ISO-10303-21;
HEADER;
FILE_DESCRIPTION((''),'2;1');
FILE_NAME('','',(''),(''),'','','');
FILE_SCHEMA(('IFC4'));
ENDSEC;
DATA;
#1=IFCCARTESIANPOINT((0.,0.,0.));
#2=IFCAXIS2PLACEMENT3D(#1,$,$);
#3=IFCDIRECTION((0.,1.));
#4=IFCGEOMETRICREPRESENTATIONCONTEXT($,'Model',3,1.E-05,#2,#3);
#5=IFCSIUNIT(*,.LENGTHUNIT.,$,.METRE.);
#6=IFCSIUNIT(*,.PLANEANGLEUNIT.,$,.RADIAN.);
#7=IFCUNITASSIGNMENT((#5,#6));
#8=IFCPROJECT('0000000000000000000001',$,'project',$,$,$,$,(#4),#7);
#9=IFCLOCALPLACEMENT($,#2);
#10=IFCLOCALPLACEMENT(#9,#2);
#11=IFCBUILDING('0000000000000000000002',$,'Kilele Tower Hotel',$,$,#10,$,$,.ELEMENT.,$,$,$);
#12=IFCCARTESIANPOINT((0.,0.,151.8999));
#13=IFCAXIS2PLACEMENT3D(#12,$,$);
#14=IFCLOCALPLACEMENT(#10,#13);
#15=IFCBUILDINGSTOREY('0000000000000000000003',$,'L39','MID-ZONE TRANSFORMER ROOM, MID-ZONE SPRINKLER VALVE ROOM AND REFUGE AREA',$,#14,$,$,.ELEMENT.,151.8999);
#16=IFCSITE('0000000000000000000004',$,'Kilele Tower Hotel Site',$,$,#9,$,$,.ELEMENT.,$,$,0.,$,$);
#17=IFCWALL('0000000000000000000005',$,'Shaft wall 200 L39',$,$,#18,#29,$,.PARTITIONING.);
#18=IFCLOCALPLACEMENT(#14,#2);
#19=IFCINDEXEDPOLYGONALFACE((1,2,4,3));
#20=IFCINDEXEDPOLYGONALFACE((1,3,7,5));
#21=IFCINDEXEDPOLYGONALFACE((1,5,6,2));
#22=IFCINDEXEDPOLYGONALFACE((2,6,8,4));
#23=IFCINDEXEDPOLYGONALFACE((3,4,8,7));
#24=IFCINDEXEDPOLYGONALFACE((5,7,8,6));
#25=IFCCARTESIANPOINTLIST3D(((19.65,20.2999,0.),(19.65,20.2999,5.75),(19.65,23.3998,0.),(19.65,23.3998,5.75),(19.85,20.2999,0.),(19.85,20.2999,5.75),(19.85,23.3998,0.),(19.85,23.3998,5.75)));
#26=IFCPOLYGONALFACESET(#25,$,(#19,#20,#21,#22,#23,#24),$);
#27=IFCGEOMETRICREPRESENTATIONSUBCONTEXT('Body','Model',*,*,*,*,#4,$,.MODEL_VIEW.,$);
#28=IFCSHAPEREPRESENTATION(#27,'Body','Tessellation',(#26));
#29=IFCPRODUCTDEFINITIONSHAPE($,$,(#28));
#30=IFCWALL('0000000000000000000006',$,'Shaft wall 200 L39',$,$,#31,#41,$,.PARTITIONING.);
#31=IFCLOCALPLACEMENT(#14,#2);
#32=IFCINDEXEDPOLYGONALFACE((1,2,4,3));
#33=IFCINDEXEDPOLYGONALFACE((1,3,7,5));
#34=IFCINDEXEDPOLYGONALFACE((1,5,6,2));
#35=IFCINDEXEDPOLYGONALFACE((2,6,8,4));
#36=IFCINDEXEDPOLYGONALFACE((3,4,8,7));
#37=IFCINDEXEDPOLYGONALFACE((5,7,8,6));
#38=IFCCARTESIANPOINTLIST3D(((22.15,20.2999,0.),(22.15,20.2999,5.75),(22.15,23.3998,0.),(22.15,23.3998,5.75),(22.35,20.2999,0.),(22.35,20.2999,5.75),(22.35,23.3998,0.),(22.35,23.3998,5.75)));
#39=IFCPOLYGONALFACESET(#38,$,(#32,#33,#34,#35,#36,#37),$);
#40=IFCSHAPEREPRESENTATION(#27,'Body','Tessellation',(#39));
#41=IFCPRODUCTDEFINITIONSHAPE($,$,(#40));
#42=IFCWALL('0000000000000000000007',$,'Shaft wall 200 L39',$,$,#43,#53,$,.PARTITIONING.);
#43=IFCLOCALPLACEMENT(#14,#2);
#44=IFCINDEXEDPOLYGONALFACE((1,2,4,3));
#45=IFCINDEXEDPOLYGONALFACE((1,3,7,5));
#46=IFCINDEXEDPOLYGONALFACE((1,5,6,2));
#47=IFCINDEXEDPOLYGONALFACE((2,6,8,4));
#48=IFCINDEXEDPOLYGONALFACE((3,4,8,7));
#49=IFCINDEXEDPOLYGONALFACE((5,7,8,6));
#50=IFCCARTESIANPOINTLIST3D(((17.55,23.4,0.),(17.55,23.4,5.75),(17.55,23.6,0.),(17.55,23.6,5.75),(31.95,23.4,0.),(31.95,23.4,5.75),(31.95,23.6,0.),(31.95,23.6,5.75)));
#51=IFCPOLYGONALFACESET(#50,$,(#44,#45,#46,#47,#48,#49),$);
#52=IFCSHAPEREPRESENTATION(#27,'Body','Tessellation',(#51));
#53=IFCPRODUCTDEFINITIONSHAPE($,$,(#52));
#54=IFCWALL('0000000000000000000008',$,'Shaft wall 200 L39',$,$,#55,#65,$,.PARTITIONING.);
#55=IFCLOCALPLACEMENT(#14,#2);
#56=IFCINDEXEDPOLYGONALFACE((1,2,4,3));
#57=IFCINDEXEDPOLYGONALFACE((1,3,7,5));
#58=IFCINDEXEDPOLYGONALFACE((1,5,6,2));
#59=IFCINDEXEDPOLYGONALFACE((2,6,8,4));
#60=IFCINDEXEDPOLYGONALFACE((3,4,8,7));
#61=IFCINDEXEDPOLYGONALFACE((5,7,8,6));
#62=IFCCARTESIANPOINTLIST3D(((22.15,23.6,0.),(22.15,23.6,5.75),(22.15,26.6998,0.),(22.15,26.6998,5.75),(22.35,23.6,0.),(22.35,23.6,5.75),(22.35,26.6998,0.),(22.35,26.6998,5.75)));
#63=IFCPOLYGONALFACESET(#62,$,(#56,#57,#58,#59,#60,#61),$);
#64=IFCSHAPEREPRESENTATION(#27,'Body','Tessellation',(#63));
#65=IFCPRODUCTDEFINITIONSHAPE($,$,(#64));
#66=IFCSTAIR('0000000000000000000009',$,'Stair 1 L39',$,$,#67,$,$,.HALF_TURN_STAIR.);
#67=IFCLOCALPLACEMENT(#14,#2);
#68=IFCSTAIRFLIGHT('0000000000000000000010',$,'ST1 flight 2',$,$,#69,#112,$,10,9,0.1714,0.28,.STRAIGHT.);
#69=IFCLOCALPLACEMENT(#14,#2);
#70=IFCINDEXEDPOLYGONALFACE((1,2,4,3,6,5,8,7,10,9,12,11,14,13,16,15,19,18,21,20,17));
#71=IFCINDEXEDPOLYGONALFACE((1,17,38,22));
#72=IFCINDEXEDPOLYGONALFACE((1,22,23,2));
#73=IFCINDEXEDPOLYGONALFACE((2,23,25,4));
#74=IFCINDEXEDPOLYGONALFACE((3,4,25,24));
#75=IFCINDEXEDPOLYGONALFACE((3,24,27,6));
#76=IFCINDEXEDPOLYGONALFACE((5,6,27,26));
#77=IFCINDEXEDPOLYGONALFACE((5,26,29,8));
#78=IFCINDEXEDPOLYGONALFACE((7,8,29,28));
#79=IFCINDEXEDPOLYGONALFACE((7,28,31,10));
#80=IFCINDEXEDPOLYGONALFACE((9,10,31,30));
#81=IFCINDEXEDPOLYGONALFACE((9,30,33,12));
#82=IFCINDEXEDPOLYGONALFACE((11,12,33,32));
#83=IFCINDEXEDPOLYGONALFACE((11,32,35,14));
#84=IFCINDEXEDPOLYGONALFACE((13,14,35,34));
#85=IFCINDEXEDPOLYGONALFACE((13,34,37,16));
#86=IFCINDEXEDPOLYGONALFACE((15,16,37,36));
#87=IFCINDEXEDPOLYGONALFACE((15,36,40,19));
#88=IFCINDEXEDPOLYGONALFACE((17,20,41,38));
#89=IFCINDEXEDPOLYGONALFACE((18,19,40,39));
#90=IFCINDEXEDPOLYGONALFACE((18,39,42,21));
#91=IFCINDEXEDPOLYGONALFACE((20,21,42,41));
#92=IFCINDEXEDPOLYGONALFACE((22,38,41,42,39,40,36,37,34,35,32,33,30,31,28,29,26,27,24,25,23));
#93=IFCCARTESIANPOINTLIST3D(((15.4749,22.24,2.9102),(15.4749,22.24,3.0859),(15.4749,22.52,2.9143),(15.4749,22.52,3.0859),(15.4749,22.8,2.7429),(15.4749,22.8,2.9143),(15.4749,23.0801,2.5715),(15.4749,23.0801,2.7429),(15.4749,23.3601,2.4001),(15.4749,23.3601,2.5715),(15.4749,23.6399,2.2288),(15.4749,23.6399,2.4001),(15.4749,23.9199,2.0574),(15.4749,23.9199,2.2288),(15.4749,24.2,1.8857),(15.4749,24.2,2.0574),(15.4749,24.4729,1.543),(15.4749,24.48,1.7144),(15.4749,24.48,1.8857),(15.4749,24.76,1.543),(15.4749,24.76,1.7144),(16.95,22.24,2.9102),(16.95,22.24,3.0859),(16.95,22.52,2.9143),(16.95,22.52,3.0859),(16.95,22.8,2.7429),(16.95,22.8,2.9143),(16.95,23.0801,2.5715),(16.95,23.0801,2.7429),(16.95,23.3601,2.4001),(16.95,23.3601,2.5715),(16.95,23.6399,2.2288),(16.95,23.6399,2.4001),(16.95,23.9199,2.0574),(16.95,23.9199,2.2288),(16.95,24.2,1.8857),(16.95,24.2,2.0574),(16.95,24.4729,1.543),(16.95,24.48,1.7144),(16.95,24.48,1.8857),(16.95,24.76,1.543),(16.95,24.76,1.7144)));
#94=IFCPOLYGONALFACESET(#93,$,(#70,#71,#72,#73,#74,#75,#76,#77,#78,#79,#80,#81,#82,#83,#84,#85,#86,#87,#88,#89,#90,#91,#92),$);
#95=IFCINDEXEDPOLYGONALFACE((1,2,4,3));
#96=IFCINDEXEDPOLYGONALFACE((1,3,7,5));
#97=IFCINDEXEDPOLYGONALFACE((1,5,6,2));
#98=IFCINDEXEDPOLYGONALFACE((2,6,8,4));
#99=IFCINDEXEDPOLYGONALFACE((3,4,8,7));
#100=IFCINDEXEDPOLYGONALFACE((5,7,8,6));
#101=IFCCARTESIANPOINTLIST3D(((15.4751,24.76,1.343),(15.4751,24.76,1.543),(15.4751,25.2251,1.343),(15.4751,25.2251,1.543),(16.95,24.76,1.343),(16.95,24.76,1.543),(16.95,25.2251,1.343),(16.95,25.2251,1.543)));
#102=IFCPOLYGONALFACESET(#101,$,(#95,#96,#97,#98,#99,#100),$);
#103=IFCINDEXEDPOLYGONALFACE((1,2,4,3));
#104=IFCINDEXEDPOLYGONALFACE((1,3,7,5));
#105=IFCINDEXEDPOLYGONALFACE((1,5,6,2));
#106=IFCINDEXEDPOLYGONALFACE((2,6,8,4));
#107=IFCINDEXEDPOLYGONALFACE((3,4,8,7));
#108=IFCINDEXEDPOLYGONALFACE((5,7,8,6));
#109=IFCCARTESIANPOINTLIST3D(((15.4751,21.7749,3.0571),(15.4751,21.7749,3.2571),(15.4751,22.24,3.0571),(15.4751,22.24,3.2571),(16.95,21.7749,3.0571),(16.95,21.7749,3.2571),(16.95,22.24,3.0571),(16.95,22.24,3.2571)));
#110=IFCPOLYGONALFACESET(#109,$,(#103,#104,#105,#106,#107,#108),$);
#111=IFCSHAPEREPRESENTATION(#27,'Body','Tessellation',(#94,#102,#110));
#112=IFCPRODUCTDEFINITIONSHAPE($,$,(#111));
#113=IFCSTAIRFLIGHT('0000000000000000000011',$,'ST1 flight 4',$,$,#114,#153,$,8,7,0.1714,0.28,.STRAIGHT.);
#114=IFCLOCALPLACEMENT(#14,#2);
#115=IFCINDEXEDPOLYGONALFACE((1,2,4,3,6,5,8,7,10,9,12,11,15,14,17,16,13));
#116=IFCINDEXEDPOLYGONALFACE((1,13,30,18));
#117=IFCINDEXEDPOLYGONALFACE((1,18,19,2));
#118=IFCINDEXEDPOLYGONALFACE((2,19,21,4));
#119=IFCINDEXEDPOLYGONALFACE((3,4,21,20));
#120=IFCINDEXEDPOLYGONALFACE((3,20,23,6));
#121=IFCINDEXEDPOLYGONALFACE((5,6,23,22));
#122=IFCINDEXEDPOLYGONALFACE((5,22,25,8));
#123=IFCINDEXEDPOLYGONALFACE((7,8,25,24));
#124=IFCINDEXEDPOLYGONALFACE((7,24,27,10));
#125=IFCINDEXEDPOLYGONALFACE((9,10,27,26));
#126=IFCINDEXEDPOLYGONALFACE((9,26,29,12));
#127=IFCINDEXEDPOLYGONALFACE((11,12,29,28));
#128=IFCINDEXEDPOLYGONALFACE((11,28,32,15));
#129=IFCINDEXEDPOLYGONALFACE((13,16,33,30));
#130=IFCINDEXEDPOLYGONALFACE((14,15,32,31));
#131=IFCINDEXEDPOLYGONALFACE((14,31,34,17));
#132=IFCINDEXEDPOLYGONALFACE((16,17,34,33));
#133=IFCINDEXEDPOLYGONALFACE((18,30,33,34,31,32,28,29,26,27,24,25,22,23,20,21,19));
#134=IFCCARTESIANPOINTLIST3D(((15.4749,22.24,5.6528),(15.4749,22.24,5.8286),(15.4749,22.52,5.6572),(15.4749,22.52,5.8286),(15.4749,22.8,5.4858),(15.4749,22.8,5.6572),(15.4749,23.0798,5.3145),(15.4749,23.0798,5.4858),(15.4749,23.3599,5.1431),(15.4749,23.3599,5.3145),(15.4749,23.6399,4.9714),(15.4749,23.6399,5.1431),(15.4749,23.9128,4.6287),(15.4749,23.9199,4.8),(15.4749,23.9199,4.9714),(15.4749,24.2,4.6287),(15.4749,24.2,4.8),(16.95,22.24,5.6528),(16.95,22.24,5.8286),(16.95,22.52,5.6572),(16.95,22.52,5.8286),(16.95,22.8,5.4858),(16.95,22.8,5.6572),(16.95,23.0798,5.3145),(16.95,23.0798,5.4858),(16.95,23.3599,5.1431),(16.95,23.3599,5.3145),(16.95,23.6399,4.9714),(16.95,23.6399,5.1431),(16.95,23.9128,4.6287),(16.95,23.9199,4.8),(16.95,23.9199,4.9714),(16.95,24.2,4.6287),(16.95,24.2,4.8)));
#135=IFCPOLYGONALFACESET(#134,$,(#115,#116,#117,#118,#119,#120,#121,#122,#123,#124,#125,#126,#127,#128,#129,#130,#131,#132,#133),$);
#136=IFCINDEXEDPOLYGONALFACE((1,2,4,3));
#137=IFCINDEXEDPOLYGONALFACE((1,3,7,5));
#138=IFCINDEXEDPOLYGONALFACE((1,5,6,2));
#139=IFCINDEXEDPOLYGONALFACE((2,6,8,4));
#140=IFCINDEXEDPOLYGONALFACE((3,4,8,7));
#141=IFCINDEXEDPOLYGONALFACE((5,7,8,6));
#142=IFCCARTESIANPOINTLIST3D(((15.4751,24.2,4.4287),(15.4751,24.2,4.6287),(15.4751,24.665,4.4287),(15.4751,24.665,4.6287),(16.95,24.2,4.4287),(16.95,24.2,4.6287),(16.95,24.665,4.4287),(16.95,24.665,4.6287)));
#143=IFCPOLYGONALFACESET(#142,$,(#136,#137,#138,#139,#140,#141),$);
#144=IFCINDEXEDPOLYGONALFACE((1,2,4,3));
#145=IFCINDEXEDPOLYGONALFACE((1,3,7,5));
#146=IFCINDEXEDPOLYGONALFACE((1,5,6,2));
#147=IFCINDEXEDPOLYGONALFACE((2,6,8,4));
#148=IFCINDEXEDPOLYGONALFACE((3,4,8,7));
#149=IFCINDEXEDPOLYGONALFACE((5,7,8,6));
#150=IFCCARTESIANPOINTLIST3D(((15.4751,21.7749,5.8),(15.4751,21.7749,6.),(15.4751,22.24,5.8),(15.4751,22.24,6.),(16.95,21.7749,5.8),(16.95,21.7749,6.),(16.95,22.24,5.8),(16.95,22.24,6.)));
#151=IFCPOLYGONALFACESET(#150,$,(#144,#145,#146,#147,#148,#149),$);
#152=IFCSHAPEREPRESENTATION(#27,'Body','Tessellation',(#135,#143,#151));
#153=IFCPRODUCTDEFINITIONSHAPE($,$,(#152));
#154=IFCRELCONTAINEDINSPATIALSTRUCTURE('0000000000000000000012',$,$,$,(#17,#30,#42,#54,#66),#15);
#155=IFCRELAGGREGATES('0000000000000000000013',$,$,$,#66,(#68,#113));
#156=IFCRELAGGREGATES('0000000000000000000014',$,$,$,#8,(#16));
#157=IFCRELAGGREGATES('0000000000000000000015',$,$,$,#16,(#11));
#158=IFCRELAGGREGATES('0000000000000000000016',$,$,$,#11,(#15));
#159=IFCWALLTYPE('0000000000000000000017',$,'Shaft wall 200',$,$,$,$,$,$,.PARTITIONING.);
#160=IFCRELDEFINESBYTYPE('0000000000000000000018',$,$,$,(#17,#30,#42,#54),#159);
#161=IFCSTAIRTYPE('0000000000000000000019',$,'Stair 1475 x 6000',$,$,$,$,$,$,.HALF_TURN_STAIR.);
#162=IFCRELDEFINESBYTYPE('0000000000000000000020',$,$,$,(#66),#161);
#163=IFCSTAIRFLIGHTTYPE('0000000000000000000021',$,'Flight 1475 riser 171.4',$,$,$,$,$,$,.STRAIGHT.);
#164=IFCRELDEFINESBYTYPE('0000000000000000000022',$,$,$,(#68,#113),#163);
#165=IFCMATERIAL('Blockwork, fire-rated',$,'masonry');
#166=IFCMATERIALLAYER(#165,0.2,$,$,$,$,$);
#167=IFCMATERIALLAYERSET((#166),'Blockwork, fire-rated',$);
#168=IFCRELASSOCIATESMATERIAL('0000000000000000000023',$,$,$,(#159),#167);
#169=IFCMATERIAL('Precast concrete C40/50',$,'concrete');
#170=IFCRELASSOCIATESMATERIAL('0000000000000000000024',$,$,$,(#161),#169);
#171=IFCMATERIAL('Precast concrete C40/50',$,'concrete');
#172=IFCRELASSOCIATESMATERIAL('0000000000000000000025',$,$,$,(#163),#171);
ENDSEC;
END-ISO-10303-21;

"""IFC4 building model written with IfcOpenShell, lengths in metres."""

from ifc_helpers import new_model, si_unit, direction, frame, frame_2d, origin, place, context, subcontext, project, spatial, polyline, rectangle, outline, extrude, material, layer, layer_set, type_object, element, aggregate, save


model = new_model("IFC4")

# Units and contexts
model_context = context("Model", 3, precision=1e-05, world=origin(), true_north=direction((0.0, 1.0)))
body_context = subcontext(model_context, "Body", "Model", "MODEL_VIEW")
ifc_project = project(units=[si_unit("LENGTHUNIT", "METRE"), si_unit("PLANEANGLEUNIT", "RADIAN")], contexts=[model_context])

# Site, building, storey
site_placement = place(None, origin())
site = spatial("IfcSite", under=ifc_project, at=site_placement, Name="Kilele Tower Hotel Site", CompositionType="ELEMENT", RefElevation=0.0)
building_placement = place(site_placement, origin())
building = spatial("IfcBuilding", under=site, at=building_placement, Name="Kilele Tower Hotel", CompositionType="ELEMENT")
storey_placement = place(building_placement, frame((0.0, 0.0, 151.8999)))
storey = spatial("IfcBuildingStorey", under=building, at=storey_placement, Name="L39", Description="MID-ZONE TRANSFORMER ROOM, MID-ZONE SPRINKLER VALVE ROOM AND REFUGE AREA", CompositionType="ELEMENT", Elevation=151.8999)

# Walls
ifc_material_1 = material(Name="Blockwork, fire-rated", Category="masonry")
ifc_layer = layer(ifc_material_1, 0.2)
ifc_layer_set = layer_set([ifc_layer], Name="Blockwork, fire-rated")
wall_type = type_object("IfcWallType", Name="Shaft wall 200", PredefinedType="PARTITIONING", material=ifc_layer_set)
for number, where, z_axis, x_axis, name in (
    (1, (19.75, 20.3, 0.0), (0.0, 0.0, 1.0), (0.0, 1.0, 0.0), "Shaft wall 200 L39"),
    (2, (22.25, 20.3, 0.0), (0.0, 0.0, 1.0), (0.0, 1.0, 0.0), "Shaft wall 200 L39"),
):
    element("IfcWall", number, at=place(storey_placement, frame(where, z_axis=z_axis, x_axis=x_axis)), inside=storey, type_object=wall_type, Name=name, PredefinedType="PARTITIONING", context=body_context, shape_type="SweptSolid", body=[
        extrude(rectangle(XDim=3.0999, YDim=0.2, at=frame_2d((1.5498, 0.0))), origin(), (0.0, 0.0, 1.0), 5.75),
    ])
wall_1_placement = place(storey_placement, frame((17.55, 23.5, 0.0), z_axis=(0.0, 0.0, 1.0), x_axis=(1.0, 0.0, 0.0)))
element("IfcWall", 3, at=wall_1_placement, inside=storey, type_object=wall_type, Name="Shaft wall 200 L39", PredefinedType="PARTITIONING", context=body_context, shape_type="SweptSolid", body=[
    extrude(rectangle(XDim=14.3999, YDim=0.2, at=frame_2d((7.2, 0.0))), origin(), (0.0, 0.0, 1.0), 5.75),
])
wall_2_placement = place(storey_placement, frame((22.25, 23.6001, 0.0), z_axis=(0.0, 0.0, 1.0), x_axis=(0.0, 1.0, 0.0)))
element("IfcWall", 4, at=wall_2_placement, inside=storey, type_object=wall_type, Name="Shaft wall 200 L39", PredefinedType="PARTITIONING", context=body_context, shape_type="SweptSolid", body=[
    extrude(rectangle(XDim=3.0999, YDim=0.2, at=frame_2d((1.5498, 0.0))), origin(), (0.0, 0.0, 1.0), 5.75),
])

# Stair, stair flights
ifc_material_2 = material(Name="Precast concrete C40/50", Category="concrete")
stair_type = type_object("IfcStairType", Name="Stair 1475 x 6000", PredefinedType="HALF_TURN_STAIR", material=ifc_material_2)
stair_placement = place(storey_placement, origin())
stair = element("IfcStair", 5, at=stair_placement, inside=storey, type_object=stair_type, Name="Stair 1 L39", PredefinedType="HALF_TURN_STAIR")
ifc_material_3 = material(Name="Precast concrete C40/50", Category="concrete")
stair_flight_type = type_object("IfcStairFlightType", Name="Flight 1475 riser 171.4", PredefinedType="STRAIGHT", material=ifc_material_3)
stair_flight_1_placement = place(storey_placement, frame((16.2124, 24.76, 1.543), z_axis=(0.0, 0.0, 1.0), x_axis=(0.0, -1.0, 0.0)))
stair_flight_1 = element("IfcStairFlight", 6, at=stair_flight_1_placement, type_object=stair_flight_type, Name="ST1 flight 2", NumberOfRisers=10, NumberOfTreads=9, PredefinedType="STRAIGHT", RiserHeight=0.1714, TreadLength=0.28, context=body_context, shape_type="SweptSolid", body=[
    extrude(outline(polyline([(0.0, 0.0), (0.0, 0.1714), (0.28, 0.1714), (0.28, 0.3428), (0.5601, 0.3428), (0.5601, 0.5144), (0.8401, 0.5144), (0.8401, 0.6858), (1.1201, 0.6858), (1.1201, 0.8572), (1.3999, 0.8572), (1.3999, 1.0286), (1.6799, 1.0286), (1.6799, 1.2), (1.96, 1.2), (1.96, 1.3713), (2.24, 1.3713), (2.24, 1.543), (2.52, 1.543), (2.52, 1.7144), (2.52, 1.3672), (0.2871, 0.0), (0.0, 0.0)])), frame((0.0, 0.7375, 0.0), z_axis=(0.0, -1.0, 0.0), x_axis=(1.0, 0.0, 0.0)), (0.0, 0.0, 1.0), 1.4751),
    extrude(outline(polyline([(0.0, -0.7373), (0.0, 0.7375), (-0.4651, 0.7375), (-0.4651, -0.7373), (0.0, -0.7373)])), frame((0.0, 0.0, -0.2)), (0.0, 0.0, 1.0), 0.2),
    extrude(outline(polyline([(2.9851, -0.7373), (2.9851, 0.7375), (2.52, 0.7375), (2.52, -0.7373), (2.9851, -0.7373)])), frame((0.0, 0.0, 1.5142)), (0.0, 0.0, 1.0), 0.2),
])
stair_flight_2_placement = place(storey_placement, frame((16.2124, 24.2, 4.6287), z_axis=(0.0, 0.0, 1.0), x_axis=(0.0, -1.0, 0.0)))
stair_flight_2 = element("IfcStairFlight", 7, at=stair_flight_2_placement, type_object=stair_flight_type, Name="ST1 flight 4", NumberOfRisers=8, NumberOfTreads=7, PredefinedType="STRAIGHT", RiserHeight=0.1714, TreadLength=0.28, context=body_context, shape_type="SweptSolid", body=[
    extrude(outline(polyline([(0.0, 0.0), (0.0, 0.1714), (0.28, 0.1714), (0.28, 0.3428), (0.5601, 0.3428), (0.5601, 0.5144), (0.8401, 0.5144), (0.8401, 0.6858), (1.1201, 0.6858), (1.1201, 0.8572), (1.3999, 0.8572), (1.3999, 1.0286), (1.6799, 1.0286), (1.6799, 1.2), (1.96, 1.2), (1.96, 1.3713), (1.96, 1.0242), (0.2871, 0.0), (0.0, 0.0)])), frame((0.0, 0.7375, 0.0), z_axis=(0.0, -1.0, 0.0), x_axis=(1.0, 0.0, 0.0)), (0.0, 0.0, 1.0), 1.4751),
    extrude(outline(polyline([(0.0, -0.7373), (0.0, 0.7375), (-0.4651, 0.7375), (-0.4651, -0.7373), (0.0, -0.7373)])), frame((0.0, 0.0, -0.2)), (0.0, 0.0, 1.0), 0.2),
    extrude(outline(polyline([(2.425, -0.7373), (2.425, 0.7375), (1.96, 0.7375), (1.96, -0.7373), (2.425, -0.7373)])), frame((0.0, 0.0, 1.1714)), (0.0, 0.0, 1.0), 0.2),
])
aggregate(stair, [stair_flight_1, stair_flight_2])

save(model, "model.ifc")
